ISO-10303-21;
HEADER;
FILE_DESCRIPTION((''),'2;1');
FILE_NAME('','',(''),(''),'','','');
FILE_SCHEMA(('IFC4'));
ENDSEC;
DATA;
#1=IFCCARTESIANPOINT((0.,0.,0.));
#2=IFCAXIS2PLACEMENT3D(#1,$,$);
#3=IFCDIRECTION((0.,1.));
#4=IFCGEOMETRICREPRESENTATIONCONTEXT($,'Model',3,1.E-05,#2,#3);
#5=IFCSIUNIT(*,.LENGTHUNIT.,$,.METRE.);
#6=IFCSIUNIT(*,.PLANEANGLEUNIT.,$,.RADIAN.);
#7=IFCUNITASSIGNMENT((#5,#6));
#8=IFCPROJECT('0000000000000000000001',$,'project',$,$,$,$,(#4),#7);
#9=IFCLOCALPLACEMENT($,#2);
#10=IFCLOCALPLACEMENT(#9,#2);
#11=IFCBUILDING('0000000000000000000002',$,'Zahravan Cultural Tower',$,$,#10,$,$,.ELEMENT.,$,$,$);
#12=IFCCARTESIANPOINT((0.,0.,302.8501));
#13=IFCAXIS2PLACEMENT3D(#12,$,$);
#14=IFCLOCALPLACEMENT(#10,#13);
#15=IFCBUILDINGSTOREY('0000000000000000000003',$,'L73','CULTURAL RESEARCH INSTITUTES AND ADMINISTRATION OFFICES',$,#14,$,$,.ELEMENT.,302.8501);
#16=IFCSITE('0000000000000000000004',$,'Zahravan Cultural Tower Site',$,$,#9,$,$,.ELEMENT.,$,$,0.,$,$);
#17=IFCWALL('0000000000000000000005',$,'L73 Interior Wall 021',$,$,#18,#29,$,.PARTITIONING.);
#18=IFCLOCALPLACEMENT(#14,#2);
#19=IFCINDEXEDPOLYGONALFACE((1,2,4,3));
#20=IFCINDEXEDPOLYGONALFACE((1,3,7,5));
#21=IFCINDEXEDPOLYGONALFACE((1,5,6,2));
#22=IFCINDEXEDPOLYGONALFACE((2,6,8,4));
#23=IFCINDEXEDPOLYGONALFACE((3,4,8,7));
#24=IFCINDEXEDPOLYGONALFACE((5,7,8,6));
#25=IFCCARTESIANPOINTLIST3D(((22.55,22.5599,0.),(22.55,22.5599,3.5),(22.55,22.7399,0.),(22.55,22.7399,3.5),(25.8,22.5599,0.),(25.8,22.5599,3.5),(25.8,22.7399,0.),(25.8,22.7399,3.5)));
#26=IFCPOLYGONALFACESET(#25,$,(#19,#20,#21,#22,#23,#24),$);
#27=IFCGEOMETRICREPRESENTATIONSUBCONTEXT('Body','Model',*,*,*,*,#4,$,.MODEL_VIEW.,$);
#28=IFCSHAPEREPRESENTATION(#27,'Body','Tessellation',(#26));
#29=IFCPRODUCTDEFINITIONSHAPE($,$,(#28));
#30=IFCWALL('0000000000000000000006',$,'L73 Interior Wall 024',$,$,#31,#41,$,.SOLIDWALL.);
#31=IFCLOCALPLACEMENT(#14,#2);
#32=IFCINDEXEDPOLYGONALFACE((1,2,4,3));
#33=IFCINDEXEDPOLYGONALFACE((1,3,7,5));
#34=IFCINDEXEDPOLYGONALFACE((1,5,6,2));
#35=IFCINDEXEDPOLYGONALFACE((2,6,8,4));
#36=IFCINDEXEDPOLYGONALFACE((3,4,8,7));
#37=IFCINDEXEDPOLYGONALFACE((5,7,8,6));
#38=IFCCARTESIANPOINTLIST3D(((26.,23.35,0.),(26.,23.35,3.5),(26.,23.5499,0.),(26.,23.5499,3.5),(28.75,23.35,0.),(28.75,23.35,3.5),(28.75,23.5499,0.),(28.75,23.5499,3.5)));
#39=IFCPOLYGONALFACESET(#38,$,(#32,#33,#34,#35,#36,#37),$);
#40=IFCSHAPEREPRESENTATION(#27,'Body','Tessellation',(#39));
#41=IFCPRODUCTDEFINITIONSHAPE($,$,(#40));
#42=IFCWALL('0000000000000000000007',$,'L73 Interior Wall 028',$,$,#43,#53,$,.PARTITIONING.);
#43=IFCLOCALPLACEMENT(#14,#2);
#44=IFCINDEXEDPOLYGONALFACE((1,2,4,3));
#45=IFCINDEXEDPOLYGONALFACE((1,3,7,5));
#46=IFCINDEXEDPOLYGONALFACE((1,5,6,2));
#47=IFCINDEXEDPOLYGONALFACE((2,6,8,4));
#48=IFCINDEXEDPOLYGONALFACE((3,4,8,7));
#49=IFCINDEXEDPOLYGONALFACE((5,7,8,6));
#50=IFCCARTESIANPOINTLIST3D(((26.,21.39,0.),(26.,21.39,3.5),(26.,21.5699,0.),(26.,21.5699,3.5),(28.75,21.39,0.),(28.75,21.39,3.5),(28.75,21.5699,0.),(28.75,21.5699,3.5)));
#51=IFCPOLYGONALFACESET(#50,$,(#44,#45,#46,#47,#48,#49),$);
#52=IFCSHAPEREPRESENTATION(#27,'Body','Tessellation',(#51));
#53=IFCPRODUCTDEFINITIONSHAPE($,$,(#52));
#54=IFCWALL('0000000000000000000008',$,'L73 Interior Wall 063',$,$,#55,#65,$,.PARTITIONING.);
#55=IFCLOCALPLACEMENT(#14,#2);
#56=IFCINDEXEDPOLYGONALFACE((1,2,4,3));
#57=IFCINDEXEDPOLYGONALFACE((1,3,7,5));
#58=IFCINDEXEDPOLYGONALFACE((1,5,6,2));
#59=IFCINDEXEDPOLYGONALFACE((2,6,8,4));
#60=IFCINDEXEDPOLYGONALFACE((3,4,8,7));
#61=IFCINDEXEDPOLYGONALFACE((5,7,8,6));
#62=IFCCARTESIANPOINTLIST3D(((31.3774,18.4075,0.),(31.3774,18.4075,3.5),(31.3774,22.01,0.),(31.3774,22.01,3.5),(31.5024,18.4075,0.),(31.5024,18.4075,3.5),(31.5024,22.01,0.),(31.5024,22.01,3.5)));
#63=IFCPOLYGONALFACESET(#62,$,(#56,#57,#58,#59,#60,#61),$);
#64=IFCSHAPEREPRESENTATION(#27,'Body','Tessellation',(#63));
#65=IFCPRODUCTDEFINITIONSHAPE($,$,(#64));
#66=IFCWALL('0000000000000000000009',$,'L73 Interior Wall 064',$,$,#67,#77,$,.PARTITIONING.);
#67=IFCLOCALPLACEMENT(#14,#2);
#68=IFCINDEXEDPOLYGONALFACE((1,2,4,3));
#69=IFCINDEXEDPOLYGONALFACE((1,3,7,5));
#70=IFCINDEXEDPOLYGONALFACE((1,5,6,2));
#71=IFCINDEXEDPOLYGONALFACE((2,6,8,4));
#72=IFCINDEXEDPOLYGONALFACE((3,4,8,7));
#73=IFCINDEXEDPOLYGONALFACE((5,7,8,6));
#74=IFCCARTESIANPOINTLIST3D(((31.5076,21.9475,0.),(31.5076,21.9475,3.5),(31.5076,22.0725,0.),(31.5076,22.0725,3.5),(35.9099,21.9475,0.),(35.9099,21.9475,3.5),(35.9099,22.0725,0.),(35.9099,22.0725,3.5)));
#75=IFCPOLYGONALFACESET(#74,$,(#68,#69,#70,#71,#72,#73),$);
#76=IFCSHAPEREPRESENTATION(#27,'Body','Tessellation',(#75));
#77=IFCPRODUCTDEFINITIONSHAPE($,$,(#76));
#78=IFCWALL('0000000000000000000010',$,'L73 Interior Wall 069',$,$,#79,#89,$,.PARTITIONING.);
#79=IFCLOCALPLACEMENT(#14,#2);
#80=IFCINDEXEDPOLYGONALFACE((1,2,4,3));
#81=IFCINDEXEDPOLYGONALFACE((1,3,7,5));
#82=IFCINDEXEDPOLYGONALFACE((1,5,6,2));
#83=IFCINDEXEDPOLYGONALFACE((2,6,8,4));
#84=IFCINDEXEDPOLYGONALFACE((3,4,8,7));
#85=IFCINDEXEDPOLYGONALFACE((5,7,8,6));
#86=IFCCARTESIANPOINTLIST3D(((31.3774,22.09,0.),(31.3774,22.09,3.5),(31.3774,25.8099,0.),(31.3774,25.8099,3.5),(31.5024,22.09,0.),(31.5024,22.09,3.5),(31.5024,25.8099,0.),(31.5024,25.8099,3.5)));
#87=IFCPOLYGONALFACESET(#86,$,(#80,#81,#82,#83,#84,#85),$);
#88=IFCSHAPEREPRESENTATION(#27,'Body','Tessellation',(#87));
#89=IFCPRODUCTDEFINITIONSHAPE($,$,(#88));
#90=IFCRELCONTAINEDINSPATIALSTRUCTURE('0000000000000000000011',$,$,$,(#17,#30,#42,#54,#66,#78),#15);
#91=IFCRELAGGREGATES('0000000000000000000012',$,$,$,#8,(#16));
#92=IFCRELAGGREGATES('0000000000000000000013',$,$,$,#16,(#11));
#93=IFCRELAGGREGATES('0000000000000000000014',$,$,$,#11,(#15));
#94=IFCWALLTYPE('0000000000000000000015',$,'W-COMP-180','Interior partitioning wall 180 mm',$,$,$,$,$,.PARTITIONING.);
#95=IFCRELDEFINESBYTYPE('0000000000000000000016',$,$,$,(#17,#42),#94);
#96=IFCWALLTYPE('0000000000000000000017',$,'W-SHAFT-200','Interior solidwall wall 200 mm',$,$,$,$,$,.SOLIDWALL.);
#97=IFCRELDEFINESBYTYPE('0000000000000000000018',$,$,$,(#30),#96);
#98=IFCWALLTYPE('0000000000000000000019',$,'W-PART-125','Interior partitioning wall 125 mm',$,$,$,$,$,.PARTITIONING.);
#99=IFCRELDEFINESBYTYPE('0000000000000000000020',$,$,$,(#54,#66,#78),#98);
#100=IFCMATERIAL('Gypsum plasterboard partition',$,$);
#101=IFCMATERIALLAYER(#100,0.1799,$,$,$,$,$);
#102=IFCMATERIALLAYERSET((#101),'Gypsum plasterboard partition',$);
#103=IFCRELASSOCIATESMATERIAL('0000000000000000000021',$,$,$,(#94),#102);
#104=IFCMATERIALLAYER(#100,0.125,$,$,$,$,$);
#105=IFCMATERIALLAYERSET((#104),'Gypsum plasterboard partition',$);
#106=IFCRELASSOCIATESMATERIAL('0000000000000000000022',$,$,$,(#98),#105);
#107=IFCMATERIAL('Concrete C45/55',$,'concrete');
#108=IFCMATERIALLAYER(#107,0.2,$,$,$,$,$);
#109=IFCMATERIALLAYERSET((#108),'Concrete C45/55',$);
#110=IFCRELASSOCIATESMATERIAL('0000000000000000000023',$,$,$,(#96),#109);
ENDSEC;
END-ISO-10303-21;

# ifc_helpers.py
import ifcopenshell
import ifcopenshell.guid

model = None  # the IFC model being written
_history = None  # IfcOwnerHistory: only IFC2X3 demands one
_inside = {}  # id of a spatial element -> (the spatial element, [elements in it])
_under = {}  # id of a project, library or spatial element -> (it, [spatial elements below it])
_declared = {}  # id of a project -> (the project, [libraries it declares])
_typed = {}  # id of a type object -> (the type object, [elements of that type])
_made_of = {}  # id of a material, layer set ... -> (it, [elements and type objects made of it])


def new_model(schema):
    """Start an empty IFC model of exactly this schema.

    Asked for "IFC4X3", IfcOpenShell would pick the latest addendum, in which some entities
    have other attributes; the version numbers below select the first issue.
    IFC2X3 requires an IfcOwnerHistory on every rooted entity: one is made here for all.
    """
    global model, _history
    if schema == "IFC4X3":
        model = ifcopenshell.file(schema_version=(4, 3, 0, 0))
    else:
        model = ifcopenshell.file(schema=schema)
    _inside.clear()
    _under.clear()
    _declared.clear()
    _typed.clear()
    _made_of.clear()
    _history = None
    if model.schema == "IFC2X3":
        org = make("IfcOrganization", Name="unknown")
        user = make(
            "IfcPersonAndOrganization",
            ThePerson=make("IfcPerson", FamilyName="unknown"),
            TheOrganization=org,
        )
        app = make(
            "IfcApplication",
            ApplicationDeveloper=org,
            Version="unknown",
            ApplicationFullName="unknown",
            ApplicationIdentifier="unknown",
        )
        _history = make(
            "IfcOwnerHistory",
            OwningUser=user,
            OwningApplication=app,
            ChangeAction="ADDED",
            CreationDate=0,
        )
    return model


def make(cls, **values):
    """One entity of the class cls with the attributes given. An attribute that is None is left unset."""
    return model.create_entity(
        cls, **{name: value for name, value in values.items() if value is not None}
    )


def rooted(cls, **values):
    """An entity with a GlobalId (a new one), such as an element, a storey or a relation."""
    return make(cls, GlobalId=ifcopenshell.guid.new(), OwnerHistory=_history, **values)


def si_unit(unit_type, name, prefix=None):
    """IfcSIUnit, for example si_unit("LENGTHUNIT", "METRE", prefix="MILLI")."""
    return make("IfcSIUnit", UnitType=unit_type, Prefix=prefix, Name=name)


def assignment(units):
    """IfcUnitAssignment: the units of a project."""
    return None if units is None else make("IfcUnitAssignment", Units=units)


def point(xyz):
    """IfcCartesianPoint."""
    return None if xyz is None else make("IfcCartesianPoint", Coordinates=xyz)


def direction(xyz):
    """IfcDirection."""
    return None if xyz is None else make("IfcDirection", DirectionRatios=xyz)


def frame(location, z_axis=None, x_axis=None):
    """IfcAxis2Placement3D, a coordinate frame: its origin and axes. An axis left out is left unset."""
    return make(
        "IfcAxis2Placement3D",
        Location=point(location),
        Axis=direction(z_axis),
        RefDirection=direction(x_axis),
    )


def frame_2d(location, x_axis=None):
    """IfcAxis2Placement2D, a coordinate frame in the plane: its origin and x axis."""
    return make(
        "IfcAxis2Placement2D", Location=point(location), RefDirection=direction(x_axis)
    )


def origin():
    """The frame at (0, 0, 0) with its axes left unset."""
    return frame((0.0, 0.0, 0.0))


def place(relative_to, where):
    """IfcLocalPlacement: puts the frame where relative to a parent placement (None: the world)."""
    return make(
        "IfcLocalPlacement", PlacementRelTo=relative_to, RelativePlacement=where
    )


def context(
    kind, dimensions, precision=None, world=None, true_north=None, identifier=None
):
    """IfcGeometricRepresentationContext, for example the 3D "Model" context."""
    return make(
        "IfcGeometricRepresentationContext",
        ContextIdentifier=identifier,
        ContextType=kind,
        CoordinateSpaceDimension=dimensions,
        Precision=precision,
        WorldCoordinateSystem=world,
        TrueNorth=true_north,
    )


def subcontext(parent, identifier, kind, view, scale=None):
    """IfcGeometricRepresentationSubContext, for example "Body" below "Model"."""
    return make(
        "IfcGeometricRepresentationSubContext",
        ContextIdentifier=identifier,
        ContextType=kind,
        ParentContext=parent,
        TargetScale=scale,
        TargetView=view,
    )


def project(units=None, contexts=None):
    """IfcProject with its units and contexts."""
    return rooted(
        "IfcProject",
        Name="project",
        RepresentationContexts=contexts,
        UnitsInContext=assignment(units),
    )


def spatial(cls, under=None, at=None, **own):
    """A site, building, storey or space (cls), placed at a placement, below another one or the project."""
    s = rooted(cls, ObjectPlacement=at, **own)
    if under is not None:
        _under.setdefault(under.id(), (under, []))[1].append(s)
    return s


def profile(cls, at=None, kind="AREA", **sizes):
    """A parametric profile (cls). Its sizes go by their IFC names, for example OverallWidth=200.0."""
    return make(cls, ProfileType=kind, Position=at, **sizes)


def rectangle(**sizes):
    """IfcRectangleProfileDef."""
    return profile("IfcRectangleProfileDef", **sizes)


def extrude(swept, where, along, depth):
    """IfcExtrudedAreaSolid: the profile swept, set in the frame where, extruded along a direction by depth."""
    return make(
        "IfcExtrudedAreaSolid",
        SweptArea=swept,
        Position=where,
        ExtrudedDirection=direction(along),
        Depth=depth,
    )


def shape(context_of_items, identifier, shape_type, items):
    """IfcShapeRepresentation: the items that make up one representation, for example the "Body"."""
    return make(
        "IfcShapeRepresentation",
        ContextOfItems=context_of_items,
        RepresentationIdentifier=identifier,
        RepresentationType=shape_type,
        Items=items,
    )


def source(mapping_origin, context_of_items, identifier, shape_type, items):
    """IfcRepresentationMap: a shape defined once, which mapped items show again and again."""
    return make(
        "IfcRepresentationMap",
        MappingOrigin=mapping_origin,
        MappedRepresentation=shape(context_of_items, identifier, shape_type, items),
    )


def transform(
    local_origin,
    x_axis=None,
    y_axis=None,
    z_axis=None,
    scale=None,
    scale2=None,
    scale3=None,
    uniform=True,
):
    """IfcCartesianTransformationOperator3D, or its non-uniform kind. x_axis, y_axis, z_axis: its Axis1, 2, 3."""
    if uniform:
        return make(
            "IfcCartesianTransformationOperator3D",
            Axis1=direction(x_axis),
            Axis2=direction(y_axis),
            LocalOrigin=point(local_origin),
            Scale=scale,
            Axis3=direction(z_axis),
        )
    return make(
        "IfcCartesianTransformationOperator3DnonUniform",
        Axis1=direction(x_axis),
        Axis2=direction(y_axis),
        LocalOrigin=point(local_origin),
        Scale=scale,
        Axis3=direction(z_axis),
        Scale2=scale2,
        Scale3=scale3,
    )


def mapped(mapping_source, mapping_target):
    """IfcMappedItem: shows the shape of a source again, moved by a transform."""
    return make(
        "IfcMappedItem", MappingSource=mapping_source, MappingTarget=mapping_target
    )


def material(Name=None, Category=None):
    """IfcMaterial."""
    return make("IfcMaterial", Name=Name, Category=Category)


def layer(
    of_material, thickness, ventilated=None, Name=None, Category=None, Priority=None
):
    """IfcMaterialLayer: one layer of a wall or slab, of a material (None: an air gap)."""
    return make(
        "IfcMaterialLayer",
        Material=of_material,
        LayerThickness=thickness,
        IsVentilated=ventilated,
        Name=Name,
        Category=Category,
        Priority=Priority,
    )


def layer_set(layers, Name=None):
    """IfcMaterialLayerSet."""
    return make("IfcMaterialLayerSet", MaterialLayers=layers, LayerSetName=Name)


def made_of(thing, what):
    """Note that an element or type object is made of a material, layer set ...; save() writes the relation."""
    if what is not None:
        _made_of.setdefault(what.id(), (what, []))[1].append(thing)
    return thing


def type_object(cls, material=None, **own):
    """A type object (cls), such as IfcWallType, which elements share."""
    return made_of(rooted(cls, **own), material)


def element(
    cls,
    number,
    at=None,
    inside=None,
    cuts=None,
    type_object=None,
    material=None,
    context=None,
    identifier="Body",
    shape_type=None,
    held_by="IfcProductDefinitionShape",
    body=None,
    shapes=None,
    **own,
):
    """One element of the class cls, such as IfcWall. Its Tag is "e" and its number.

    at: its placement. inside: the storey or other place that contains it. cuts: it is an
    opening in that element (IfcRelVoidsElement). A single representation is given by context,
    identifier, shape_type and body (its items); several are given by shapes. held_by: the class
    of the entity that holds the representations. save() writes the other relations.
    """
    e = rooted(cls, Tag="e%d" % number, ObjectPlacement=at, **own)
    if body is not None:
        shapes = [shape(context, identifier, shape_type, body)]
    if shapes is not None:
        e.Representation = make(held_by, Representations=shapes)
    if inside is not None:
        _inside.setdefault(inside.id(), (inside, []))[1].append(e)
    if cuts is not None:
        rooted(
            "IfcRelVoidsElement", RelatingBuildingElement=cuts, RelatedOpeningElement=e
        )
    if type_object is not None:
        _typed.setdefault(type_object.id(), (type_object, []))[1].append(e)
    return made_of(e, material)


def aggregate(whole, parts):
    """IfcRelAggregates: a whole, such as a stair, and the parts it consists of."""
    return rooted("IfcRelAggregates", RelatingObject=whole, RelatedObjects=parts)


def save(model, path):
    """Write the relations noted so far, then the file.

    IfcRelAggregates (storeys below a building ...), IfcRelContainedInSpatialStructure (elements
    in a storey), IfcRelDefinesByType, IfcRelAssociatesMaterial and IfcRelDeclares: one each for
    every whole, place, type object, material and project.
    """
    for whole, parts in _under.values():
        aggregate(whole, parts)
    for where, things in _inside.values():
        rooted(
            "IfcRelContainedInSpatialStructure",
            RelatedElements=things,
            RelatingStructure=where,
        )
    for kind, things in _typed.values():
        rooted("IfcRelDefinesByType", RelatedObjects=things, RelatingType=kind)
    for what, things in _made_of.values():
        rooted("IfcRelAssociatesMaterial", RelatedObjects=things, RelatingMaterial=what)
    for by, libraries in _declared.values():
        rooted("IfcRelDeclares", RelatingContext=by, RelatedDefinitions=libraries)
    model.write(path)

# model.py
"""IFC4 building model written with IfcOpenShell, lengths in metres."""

from ifc_helpers import new_model, si_unit, direction, frame, frame_2d, origin, place, context, subcontext, project, spatial, rectangle, extrude, source, transform, mapped, material, layer, layer_set, type_object, element, save


model = new_model("IFC4")

# Units and contexts
model_context = context("Model", 3, precision=1e-05, world=origin(), true_north=direction((0.0, 1.0)))
body_context = subcontext(model_context, "Body", "Model", "MODEL_VIEW")
ifc_project = project(units=[si_unit("LENGTHUNIT", "METRE"), si_unit("PLANEANGLEUNIT", "RADIAN")], contexts=[model_context])

# Site, building, storey
site_placement = place(None, origin())
site = spatial("IfcSite", under=ifc_project, at=site_placement, Name="Zahravan Cultural Tower Site", CompositionType="ELEMENT", RefElevation=0.0)
building_placement = place(site_placement, origin())
building = spatial("IfcBuilding", under=site, at=building_placement, Name="Zahravan Cultural Tower", CompositionType="ELEMENT")
storey_placement = place(building_placement, frame((0.0, 0.0, 302.8501)))
storey = spatial("IfcBuildingStorey", under=building, at=storey_placement, Name="L73", Description="CULTURAL RESEARCH INSTITUTES AND ADMINISTRATION OFFICES", CompositionType="ELEMENT", Elevation=302.8501)

# Shared definitions
ifc_material_1 = material(Name="Gypsum plasterboard partition")
ifc_layer_1 = layer(ifc_material_1, 0.1799)
ifc_layer_set_1 = layer_set([ifc_layer_1], Name="Gypsum plasterboard partition")
wall_type_1 = type_object("IfcWallType", Name="W-COMP-180", Description="Interior partitioning wall 180 mm", PredefinedType="PARTITIONING", material=ifc_layer_set_1)
ifc_layer_2 = layer(ifc_material_1, 0.125)
ifc_layer_set_2 = layer_set([ifc_layer_2], Name="Gypsum plasterboard partition")
wall_type_2 = type_object("IfcWallType", Name="W-PART-125", Description="Interior partitioning wall 125 mm", PredefinedType="PARTITIONING", material=ifc_layer_set_2)

# Shared definitions
ifc_material_2 = material(Name="Concrete C45/55", Category="concrete")
ifc_layer_3 = layer(ifc_material_2, 0.2)
ifc_layer_set_3 = layer_set([ifc_layer_3], Name="Concrete C45/55")
wall_type_3 = type_object("IfcWallType", Name="W-SHAFT-200", Description="Interior solidwall wall 200 mm", PredefinedType="SOLIDWALL", material=ifc_layer_set_3)

# Walls
shared_shape_1 = source(origin(), body_context, "Body", "SweptSolid", [
    extrude(rectangle(XDim=3.25, YDim=0.1799, at=frame_2d((1.625, 0.0))), origin(), (0.0, 0.0, 1.0), 3.5),
])
wall_1_placement = place(storey_placement, frame((22.55, 22.6499, 0.0), z_axis=(0.0, 0.0, 1.0), x_axis=(1.0, 0.0, 0.0)))
element("IfcWall", 1, at=wall_1_placement, inside=storey, type_object=wall_type_1, Name="L73 Interior Wall 021", PredefinedType="PARTITIONING", context=body_context, shape_type="MappedRepresentation", body=[
    mapped(shared_shape_1, transform((0.0, 0.0, 0.0), x_axis=(1.0, 0.0, 0.0), y_axis=(0.0, 1.0, 0.0), z_axis=(0.0, 0.0, 1.0), scale=1.0)),
])
shared_shape_2 = source(origin(), body_context, "Body", "SweptSolid", [
    extrude(rectangle(XDim=2.75, YDim=0.2, at=frame_2d((1.375, 0.0))), origin(), (0.0, 0.0, 1.0), 3.5),
])
wall_2_placement = place(storey_placement, frame((26.0, 23.45, 0.0), z_axis=(0.0, 0.0, 1.0), x_axis=(1.0, 0.0, 0.0)))
element("IfcWall", 2, at=wall_2_placement, inside=storey, type_object=wall_type_3, Name="L73 Interior Wall 024", PredefinedType="SOLIDWALL", context=body_context, shape_type="MappedRepresentation", body=[
    mapped(shared_shape_2, transform((0.0, 0.0, 0.0), x_axis=(1.0, 0.0, 0.0), y_axis=(0.0, 1.0, 0.0), z_axis=(0.0, 0.0, 1.0), scale=1.0)),
])
shared_shape_3 = source(origin(), body_context, "Body", "SweptSolid", [
    extrude(rectangle(XDim=2.75, YDim=0.1799, at=frame_2d((1.375, 0.0))), origin(), (0.0, 0.0, 1.0), 3.5),
])
wall_3_placement = place(storey_placement, frame((26.0, 21.48, 0.0), z_axis=(0.0, 0.0, 1.0), x_axis=(1.0, 0.0, 0.0)))
element("IfcWall", 3, at=wall_3_placement, inside=storey, type_object=wall_type_1, Name="L73 Interior Wall 028", PredefinedType="PARTITIONING", context=body_context, shape_type="MappedRepresentation", body=[
    mapped(shared_shape_3, transform((0.0, 0.0, 0.0), x_axis=(1.0, 0.0, 0.0), y_axis=(0.0, 1.0, 0.0), z_axis=(0.0, 0.0, 1.0), scale=1.0)),
])
shared_shape_4 = source(origin(), body_context, "Body", "SweptSolid", [
    extrude(rectangle(XDim=3.6025, YDim=0.125, at=frame_2d((1.8013, 0.0))), origin(), (0.0, 0.0, 1.0), 3.5),
])
wall_4_placement = place(storey_placement, frame((31.4399, 18.4075, 0.0), z_axis=(0.0, 0.0, 1.0), x_axis=(0.0, 1.0, 0.0)))
element("IfcWall", 4, at=wall_4_placement, inside=storey, type_object=wall_type_2, Name="L73 Interior Wall 063", PredefinedType="PARTITIONING", context=body_context, shape_type="MappedRepresentation", body=[
    mapped(shared_shape_4, transform((0.0, 0.0, 0.0), x_axis=(1.0, 0.0, 0.0), y_axis=(0.0, 1.0, 0.0), z_axis=(0.0, 0.0, 1.0), scale=1.0)),
])
shared_shape_5 = source(origin(), body_context, "Body", "SweptSolid", [
    extrude(rectangle(XDim=4.4023, YDim=0.125, at=frame_2d((2.2012, 0.0))), origin(), (0.0, 0.0, 1.0), 3.5),
])
wall_5_placement = place(storey_placement, frame((31.5076, 22.01, 0.0), z_axis=(0.0, 0.0, 1.0), x_axis=(1.0, 0.0, 0.0)))
element("IfcWall", 5, at=wall_5_placement, inside=storey, type_object=wall_type_2, Name="L73 Interior Wall 064", PredefinedType="PARTITIONING", context=body_context, shape_type="MappedRepresentation", body=[
    mapped(shared_shape_5, transform((0.0, 0.0, 0.0), x_axis=(1.0, 0.0, 0.0), y_axis=(0.0, 1.0, 0.0), z_axis=(0.0, 0.0, 1.0), scale=1.0)),
])
shared_shape_6 = source(origin(), body_context, "Body", "SweptSolid", [
    extrude(rectangle(XDim=3.72, YDim=0.125, at=frame_2d((1.8599, 0.0))), origin(), (0.0, 0.0, 1.0), 3.5),
])
wall_6_placement = place(storey_placement, frame((31.4399, 22.0901, 0.0), z_axis=(0.0, 0.0, 1.0), x_axis=(0.0, 1.0, 0.0)))
element("IfcWall", 6, at=wall_6_placement, inside=storey, type_object=wall_type_2, Name="L73 Interior Wall 069", PredefinedType="PARTITIONING", context=body_context, shape_type="MappedRepresentation", body=[
    mapped(shared_shape_6, transform((0.0, 0.0, 0.0), x_axis=(1.0, 0.0, 0.0), y_axis=(0.0, 1.0, 0.0), z_axis=(0.0, 0.0, 1.0), scale=1.0)),
])

save(model, "model.ifc")
